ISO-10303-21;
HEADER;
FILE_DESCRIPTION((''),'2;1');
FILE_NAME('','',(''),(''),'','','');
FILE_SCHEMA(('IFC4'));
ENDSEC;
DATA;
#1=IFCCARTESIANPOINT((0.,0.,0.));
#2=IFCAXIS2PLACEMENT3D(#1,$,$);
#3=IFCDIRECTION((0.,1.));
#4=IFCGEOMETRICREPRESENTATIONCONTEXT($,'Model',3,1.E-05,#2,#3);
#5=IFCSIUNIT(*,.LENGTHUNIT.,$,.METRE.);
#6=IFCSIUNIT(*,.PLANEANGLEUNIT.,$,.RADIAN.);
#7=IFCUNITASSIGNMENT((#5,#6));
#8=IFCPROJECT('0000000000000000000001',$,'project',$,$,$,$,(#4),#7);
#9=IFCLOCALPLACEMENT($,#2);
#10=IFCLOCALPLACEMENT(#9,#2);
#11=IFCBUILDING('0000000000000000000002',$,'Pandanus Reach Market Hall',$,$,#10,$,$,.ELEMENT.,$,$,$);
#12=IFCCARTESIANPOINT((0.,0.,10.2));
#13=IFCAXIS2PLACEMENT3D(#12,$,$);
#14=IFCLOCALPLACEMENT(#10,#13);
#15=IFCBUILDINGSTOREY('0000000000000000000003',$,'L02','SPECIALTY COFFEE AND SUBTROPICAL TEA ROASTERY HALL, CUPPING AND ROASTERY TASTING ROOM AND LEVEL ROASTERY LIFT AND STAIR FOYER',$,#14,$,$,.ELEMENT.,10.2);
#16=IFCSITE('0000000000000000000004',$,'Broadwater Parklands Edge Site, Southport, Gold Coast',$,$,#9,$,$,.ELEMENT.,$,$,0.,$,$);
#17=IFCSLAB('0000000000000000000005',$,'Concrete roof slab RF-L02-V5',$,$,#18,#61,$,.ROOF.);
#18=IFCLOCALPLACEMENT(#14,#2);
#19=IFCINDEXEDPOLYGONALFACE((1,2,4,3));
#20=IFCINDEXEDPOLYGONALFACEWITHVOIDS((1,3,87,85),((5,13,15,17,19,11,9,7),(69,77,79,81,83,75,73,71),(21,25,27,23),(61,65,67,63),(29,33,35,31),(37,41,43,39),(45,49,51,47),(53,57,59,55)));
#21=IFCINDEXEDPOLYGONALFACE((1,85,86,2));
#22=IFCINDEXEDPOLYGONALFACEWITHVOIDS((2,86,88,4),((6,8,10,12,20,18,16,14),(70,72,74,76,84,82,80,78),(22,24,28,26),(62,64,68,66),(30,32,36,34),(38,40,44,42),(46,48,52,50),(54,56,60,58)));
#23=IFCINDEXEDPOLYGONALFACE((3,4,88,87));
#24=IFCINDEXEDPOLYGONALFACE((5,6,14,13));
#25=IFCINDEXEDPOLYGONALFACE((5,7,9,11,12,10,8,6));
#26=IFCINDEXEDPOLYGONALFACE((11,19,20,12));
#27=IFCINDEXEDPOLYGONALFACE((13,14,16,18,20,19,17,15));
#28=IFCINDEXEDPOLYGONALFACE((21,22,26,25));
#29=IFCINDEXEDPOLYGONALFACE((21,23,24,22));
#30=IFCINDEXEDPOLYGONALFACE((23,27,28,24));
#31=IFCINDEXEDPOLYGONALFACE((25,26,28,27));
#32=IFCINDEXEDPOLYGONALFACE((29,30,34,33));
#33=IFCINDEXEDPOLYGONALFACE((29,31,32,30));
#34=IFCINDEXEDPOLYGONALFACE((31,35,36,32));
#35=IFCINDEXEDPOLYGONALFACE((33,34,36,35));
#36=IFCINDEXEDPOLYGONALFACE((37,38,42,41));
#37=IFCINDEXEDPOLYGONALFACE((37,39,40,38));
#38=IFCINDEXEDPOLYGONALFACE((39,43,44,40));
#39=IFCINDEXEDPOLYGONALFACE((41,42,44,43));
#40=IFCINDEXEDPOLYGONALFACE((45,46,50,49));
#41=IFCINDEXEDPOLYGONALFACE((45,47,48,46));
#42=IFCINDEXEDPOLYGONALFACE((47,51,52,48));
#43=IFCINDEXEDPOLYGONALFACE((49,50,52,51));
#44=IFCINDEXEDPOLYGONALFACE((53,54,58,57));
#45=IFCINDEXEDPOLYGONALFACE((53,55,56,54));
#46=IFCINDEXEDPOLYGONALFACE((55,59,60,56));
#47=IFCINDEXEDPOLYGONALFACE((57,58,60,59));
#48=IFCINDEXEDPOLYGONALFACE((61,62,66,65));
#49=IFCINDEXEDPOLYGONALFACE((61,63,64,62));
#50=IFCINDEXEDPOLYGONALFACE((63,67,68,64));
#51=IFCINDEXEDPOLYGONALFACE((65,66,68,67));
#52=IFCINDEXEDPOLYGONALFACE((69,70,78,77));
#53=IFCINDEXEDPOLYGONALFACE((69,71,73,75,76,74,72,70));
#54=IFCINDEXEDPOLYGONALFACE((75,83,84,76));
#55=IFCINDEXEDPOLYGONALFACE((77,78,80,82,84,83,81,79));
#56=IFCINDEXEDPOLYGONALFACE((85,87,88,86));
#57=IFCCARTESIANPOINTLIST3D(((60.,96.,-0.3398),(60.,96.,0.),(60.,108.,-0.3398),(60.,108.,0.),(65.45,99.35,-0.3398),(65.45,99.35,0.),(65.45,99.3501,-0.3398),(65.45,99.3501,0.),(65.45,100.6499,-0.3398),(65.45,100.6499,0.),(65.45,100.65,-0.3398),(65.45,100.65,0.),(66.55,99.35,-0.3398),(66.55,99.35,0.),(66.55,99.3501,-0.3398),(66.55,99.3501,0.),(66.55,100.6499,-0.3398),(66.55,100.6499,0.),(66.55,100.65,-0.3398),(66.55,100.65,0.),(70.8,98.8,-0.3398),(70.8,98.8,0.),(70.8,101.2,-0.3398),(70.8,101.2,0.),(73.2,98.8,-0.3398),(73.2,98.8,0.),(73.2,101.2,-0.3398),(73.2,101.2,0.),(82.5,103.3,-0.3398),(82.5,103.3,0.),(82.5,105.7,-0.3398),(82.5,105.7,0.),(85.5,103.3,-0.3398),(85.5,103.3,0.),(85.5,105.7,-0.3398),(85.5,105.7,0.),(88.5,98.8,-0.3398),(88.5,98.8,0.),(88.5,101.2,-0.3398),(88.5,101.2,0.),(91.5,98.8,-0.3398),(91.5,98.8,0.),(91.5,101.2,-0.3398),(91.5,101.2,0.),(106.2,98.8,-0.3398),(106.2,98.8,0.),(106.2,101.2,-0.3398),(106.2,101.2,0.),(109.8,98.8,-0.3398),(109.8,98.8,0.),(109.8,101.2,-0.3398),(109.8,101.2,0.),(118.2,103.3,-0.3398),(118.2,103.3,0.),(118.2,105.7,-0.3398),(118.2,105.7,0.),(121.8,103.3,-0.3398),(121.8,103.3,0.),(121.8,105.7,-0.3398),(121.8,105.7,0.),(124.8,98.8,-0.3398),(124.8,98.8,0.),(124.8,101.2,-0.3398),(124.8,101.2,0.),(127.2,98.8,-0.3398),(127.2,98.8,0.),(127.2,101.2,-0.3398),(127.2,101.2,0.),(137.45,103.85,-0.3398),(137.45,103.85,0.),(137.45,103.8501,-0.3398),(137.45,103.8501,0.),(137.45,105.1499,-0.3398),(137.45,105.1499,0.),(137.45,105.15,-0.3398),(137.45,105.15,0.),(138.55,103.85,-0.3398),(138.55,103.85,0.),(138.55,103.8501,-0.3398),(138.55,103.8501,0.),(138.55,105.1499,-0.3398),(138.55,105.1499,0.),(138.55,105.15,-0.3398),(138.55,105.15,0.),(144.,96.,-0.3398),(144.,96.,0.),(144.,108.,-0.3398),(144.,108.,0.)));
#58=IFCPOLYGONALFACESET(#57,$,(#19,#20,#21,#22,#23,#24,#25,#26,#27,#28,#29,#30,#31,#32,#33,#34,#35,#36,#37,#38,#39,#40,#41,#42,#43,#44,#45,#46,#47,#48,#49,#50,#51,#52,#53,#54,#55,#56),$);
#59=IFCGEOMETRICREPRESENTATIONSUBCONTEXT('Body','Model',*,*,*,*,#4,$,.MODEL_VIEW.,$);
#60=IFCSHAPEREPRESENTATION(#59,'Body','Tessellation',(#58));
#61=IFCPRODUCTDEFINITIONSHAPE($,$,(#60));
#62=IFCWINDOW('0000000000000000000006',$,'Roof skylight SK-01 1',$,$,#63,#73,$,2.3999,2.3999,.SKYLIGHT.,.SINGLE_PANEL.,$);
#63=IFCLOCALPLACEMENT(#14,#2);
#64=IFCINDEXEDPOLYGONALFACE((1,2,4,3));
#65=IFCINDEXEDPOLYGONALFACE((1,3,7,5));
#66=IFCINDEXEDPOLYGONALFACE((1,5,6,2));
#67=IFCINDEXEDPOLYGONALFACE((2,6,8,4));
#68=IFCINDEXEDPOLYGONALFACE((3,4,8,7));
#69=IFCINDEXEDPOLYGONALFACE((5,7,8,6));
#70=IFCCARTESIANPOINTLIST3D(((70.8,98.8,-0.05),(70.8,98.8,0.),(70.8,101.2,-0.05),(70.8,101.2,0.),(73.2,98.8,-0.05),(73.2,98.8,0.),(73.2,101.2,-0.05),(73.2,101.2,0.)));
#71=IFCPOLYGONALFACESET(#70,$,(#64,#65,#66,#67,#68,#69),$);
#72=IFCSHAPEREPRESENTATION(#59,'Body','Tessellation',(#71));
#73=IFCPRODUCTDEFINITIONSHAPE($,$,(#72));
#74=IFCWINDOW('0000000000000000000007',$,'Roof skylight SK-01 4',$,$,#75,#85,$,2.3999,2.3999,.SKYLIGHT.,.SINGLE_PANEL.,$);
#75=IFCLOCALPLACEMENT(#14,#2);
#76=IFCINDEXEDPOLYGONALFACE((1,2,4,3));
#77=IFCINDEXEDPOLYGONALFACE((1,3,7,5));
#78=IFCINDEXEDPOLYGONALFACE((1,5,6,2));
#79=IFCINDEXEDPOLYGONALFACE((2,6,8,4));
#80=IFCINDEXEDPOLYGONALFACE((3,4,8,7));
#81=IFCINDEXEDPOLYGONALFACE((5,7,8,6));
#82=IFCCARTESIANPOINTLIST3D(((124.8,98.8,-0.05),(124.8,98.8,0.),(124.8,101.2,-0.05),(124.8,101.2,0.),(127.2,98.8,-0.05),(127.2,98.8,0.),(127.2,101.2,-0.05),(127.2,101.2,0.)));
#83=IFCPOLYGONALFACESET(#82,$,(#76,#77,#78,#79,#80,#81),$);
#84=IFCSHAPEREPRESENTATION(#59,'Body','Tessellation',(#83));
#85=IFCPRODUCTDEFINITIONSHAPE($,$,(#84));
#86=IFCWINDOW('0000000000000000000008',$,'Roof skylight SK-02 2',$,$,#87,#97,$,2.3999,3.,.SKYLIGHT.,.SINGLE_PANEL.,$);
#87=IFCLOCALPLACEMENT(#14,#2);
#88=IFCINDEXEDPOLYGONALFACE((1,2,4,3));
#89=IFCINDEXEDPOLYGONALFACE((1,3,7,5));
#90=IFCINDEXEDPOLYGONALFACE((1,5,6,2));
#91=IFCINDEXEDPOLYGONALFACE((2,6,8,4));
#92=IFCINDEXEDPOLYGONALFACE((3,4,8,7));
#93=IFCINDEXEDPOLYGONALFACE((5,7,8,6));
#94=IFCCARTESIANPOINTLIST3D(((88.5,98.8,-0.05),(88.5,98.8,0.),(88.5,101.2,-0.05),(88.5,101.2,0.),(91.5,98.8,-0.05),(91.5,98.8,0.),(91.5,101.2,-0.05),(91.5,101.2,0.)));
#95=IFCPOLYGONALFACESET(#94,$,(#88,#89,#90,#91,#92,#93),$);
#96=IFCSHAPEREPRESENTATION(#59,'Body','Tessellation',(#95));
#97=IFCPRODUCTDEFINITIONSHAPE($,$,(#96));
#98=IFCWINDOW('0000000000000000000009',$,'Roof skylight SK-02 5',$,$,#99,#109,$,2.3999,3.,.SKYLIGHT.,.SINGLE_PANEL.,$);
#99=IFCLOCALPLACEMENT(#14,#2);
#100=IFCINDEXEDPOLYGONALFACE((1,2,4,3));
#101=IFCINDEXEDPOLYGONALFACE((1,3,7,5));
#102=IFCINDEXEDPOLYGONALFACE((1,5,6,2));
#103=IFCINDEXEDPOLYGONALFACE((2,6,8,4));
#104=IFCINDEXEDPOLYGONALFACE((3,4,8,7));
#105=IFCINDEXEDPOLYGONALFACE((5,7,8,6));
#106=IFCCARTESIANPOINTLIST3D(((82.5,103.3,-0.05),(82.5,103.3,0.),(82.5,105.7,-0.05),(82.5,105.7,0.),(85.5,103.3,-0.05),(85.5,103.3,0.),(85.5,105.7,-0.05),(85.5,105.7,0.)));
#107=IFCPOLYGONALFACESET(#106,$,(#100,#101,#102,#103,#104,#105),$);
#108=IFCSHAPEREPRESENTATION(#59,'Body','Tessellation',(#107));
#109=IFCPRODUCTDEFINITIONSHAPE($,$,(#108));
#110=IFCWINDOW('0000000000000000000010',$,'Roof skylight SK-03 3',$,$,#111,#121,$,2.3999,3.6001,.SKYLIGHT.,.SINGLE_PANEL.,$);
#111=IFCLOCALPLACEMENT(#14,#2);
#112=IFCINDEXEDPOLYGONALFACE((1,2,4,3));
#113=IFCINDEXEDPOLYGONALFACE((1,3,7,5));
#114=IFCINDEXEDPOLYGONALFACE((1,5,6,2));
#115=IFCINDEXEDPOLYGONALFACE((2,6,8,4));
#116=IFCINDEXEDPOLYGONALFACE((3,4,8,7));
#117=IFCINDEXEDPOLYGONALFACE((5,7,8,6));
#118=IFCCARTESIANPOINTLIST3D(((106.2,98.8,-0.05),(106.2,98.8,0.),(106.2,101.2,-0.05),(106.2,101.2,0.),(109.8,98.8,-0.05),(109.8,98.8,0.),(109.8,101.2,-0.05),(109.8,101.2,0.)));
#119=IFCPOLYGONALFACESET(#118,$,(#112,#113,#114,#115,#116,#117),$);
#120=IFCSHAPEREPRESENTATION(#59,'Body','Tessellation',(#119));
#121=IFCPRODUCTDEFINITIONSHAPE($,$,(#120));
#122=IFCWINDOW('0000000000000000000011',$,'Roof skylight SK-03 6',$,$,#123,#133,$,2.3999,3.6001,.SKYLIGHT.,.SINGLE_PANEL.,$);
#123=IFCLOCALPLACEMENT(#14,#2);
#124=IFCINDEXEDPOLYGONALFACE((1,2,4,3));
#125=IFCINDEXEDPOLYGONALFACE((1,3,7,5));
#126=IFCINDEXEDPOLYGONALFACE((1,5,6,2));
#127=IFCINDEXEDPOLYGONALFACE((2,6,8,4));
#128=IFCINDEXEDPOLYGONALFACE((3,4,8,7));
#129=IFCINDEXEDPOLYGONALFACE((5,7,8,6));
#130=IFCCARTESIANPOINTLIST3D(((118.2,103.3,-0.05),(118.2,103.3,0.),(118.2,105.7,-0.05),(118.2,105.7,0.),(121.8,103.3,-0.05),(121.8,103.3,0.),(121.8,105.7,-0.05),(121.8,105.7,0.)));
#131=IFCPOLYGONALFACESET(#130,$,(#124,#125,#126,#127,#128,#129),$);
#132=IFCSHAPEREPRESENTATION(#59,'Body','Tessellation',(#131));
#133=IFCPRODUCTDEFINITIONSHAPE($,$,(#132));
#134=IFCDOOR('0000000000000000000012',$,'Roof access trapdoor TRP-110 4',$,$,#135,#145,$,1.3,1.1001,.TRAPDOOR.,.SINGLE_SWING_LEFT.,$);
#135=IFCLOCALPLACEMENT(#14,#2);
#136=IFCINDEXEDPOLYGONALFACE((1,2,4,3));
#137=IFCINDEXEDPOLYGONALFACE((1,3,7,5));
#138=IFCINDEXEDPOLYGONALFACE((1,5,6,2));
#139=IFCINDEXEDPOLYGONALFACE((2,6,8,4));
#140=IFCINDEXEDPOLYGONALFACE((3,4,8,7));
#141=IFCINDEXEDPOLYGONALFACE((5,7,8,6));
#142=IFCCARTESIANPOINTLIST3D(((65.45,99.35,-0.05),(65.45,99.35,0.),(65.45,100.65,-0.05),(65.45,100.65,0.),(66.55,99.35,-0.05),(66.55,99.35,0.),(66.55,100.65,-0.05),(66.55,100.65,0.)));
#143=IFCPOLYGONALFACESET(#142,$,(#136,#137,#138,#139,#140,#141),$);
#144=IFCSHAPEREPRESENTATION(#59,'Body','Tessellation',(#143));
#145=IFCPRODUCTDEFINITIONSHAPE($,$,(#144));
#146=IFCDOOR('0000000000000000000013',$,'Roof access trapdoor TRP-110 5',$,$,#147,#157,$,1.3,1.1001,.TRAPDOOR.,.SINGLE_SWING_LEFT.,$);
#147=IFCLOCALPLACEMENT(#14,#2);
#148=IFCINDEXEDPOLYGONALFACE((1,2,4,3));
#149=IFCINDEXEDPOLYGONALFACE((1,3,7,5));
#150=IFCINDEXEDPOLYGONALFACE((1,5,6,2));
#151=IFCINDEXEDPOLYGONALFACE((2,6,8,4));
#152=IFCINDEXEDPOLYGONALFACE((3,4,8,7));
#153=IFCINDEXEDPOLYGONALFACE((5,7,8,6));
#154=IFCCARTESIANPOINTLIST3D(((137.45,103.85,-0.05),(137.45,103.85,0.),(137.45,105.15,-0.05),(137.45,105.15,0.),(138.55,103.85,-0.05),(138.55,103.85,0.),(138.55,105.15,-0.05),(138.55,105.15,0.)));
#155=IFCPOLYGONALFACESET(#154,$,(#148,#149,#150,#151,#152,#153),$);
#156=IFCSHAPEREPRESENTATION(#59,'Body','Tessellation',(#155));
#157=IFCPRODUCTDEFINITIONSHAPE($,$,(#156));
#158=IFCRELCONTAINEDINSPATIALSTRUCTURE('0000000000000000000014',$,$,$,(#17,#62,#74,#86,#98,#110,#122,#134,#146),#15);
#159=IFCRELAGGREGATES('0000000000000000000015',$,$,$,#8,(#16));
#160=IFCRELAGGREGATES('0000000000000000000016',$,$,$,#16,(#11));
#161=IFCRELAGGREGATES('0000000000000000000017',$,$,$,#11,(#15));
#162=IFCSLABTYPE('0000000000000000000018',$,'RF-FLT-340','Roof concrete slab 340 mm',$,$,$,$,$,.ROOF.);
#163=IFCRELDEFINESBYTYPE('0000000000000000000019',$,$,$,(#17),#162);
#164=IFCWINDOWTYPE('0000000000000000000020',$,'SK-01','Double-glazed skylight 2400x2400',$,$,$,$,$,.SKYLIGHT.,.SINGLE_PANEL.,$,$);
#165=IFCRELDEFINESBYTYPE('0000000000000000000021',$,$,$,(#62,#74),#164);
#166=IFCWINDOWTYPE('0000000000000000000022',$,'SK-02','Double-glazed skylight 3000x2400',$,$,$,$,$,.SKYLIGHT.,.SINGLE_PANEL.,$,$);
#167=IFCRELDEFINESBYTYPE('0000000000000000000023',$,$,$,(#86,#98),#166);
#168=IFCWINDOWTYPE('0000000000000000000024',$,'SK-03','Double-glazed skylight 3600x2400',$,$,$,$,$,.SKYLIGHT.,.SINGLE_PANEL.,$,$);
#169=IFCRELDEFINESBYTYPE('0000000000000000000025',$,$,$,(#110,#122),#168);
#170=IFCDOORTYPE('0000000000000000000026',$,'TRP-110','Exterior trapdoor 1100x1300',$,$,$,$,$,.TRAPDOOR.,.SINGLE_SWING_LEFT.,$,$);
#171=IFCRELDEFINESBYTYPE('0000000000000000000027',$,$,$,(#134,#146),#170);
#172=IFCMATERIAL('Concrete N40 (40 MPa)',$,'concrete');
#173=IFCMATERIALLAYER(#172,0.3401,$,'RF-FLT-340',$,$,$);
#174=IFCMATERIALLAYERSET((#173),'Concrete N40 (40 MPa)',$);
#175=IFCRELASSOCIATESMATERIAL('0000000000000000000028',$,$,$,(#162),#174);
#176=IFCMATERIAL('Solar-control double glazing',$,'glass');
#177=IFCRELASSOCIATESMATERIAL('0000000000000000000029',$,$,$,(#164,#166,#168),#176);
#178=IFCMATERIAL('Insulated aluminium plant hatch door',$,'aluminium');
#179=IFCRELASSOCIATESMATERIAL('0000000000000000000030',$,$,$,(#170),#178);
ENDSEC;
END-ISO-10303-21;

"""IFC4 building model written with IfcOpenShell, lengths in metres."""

from ifc_helpers import new_model, si_unit, direction, frame, origin, origin_2d, place, context, subcontext, project, spatial, polyline, rectangle, outline, extrude, material, layer, layer_set, type_object, element, fill, save


model = new_model("IFC4")

# Units and contexts
model_context = context("Model", 3, precision=1e-05, world=origin(), true_north=direction((0.0, 1.0)))
body_context = subcontext(model_context, "Body", "Model", "MODEL_VIEW")
ifc_project = project(units=[si_unit("LENGTHUNIT", "METRE"), si_unit("PLANEANGLEUNIT", "RADIAN")], contexts=[model_context])

# Site, building, storey
site_placement = place(None, origin())
site = spatial("IfcSite", under=ifc_project, at=site_placement, Name="Broadwater Parklands Edge Site, Southport, Gold Coast", CompositionType="ELEMENT", RefElevation=0.0)
building_placement = place(site_placement, origin())
building = spatial("IfcBuilding", under=site, at=building_placement, Name="Pandanus Reach Market Hall", CompositionType="ELEMENT")
storey_placement = place(building_placement, frame((0.0, 0.0, 10.2)))
storey = spatial("IfcBuildingStorey", under=building, at=storey_placement, Name="L02", Description="SPECIALTY COFFEE AND SUBTROPICAL TEA ROASTERY HALL, CUPPING AND ROASTERY TASTING ROOM AND LEVEL ROASTERY LIFT AND STAIR FOYER", CompositionType="ELEMENT", Elevation=10.2)

# Shared definitions
ifc_material_1 = material(Name="Concrete N40 (40 MPa)", Category="concrete")
ifc_layer_1 = layer(ifc_material_1, 0.3401, Name="RF-FLT-340")
ifc_layer_set_1 = layer_set([ifc_layer_1], Name="Concrete N40 (40 MPa)")
slab_type_1 = type_object("IfcSlabType", Name="RF-FLT-340", Description="Roof concrete slab 340 mm", PredefinedType="ROOF", material=ifc_layer_set_1)
ifc_material_2 = material(Name="Solar-control double glazing", Category="glass")

# Slab, openings, windows, doors
slab_1_placement = place(storey_placement, frame((0.0, 0.0, -0.3398)))
slab_1 = element("IfcSlab", 1, at=slab_1_placement, inside=storey, type_object=slab_type_1, Name="Concrete roof slab RF-L02-V5", PredefinedType="ROOF", context=body_context, shape_type="SweptSolid", body=[
    extrude(outline(polyline([(60.0, 96.0), (144.0, 96.0), (144.0, 108.0), (60.0, 108.0), (60.0, 96.0)]), holes=[polyline([(70.8, 98.8), (73.2, 98.8), (73.2, 101.2), (70.8, 101.2), (70.8, 98.8)]), polyline([(88.5, 98.8), (91.5, 98.8), (91.5, 101.2), (88.5, 101.2), (88.5, 98.8)]), polyline([(106.2, 98.8), (109.8, 98.8), (109.8, 101.2), (106.2, 101.2), (106.2, 98.8)]), polyline([(124.8, 98.8), (127.2, 98.8), (127.2, 101.2), (124.8, 101.2), (124.8, 98.8)]), polyline([(82.5, 103.3), (85.5, 103.3), (85.5, 105.7), (82.5, 105.7), (82.5, 103.3)]), polyline([(118.2, 103.3), (121.8, 103.3), (121.8, 105.7), (118.2, 105.7), (118.2, 103.3)]), polyline([(65.45, 99.3501), (66.55, 99.3501), (66.55, 100.6499), (65.45, 100.6499), (65.45, 99.3501)]), polyline([(137.45, 103.8501), (138.55, 103.8501), (138.55, 105.1499), (137.45, 105.1499), (137.45, 103.8501)])]), origin(), (0.0, 0.0, 1.0), 0.3398),
])
opening_1_placement = place(slab_1_placement, frame((72.0, 100.0, -0.0149)))
opening_1 = element("IfcOpeningElement", 2, at=opening_1_placement, cuts=slab_1, PredefinedType="OPENING", context=body_context, shape_type="SweptSolid", body=[
    extrude(rectangle(XDim=2.3999, YDim=2.3999, at=origin_2d()), origin(), (0.0, 0.0, 1.0), 0.3699),
])
opening_2_placement = place(slab_1_placement, frame((90.0, 100.0, -0.0149)))
opening_2 = element("IfcOpeningElement", 3, at=opening_2_placement, cuts=slab_1, PredefinedType="OPENING", context=body_context, shape_type="SweptSolid", body=[
    extrude(rectangle(XDim=3.0, YDim=2.3999, at=origin_2d()), origin(), (0.0, 0.0, 1.0), 0.3699),
])
opening_3_placement = place(slab_1_placement, frame((108.0, 100.0, -0.0149)))
opening_3 = element("IfcOpeningElement", 4, at=opening_3_placement, cuts=slab_1, PredefinedType="OPENING", context=body_context, shape_type="SweptSolid", body=[
    extrude(rectangle(XDim=3.6001, YDim=2.3999, at=origin_2d()), origin(), (0.0, 0.0, 1.0), 0.3699),
])
opening_4_placement = place(slab_1_placement, frame((126.0, 100.0, -0.0149)))
opening_4 = element("IfcOpeningElement", 5, at=opening_4_placement, cuts=slab_1, PredefinedType="OPENING", context=body_context, shape_type="SweptSolid", body=[
    extrude(rectangle(XDim=2.3999, YDim=2.3999, at=origin_2d()), origin(), (0.0, 0.0, 1.0), 0.3699),
])
opening_5_placement = place(slab_1_placement, frame((84.0, 104.5, -0.0149)))
opening_5 = element("IfcOpeningElement", 6, at=opening_5_placement, cuts=slab_1, PredefinedType="OPENING", context=body_context, shape_type="SweptSolid", body=[
    extrude(rectangle(XDim=3.0, YDim=2.3999, at=origin_2d()), origin(), (0.0, 0.0, 1.0), 0.3699),
])
opening_6_placement = place(slab_1_placement, frame((120.0, 104.5, -0.0149)))
opening_6 = element("IfcOpeningElement", 7, at=opening_6_placement, cuts=slab_1, PredefinedType="OPENING", context=body_context, shape_type="SweptSolid", body=[
    extrude(rectangle(XDim=3.6001, YDim=2.3999, at=origin_2d()), origin(), (0.0, 0.0, 1.0), 0.3699),
])
opening_7_placement = place(slab_1_placement, frame((66.0, 100.0, -0.0149)))
opening_7 = element("IfcOpeningElement", 8, at=opening_7_placement, cuts=slab_1, PredefinedType="OPENING", context=body_context, shape_type="SweptSolid", body=[
    extrude(rectangle(XDim=1.1001, YDim=1.3, at=origin_2d()), origin(), (0.0, 0.0, 1.0), 0.3699),
])
opening_8_placement = place(slab_1_placement, frame((138.0, 104.5, -0.0149)))
opening_8 = element("IfcOpeningElement", 9, at=opening_8_placement, cuts=slab_1, PredefinedType="OPENING", context=body_context, shape_type="SweptSolid", body=[
    extrude(rectangle(XDim=1.1001, YDim=1.3, at=origin_2d()), origin(), (0.0, 0.0, 1.0), 0.3699),
])
window_type_1 = type_object("IfcWindowType", Name="SK-01", Description="Double-glazed skylight 2400x2400", PartitioningType="SINGLE_PANEL", PredefinedType="SKYLIGHT", material=ifc_material_2)
window_1_placement = place(slab_1_placement, frame((72.0, 100.0, 0.2898)))
window_1 = element("IfcWindow", 10, at=window_1_placement, inside=storey, type_object=window_type_1, Name="Roof skylight SK-01 1", OverallHeight=2.3999, OverallWidth=2.3999, PartitioningType="SINGLE_PANEL", PredefinedType="SKYLIGHT", context=body_context, shape_type="SweptSolid", body=[
    extrude(rectangle(XDim=2.3999, YDim=2.3999, at=origin_2d()), origin(), (0.0, 0.0, 1.0), 0.05),
])
fill(opening_1, window_1)
window_2_placement = place(slab_1_placement, frame((126.0, 100.0, 0.2898)))
window_2 = element("IfcWindow", 11, at=window_2_placement, inside=storey, type_object=window_type_1, Name="Roof skylight SK-01 4", OverallHeight=2.3999, OverallWidth=2.3999, PartitioningType="SINGLE_PANEL", PredefinedType="SKYLIGHT", context=body_context, shape_type="SweptSolid", body=[
    extrude(rectangle(XDim=2.3999, YDim=2.3999, at=origin_2d()), origin(), (0.0, 0.0, 1.0), 0.05),
])
fill(opening_4, window_2)
window_type_2 = type_object("IfcWindowType", Name="SK-02", Description="Double-glazed skylight 3000x2400", PartitioningType="SINGLE_PANEL", PredefinedType="SKYLIGHT", material=ifc_material_2)
window_3_placement = place(slab_1_placement, frame((90.0, 100.0, 0.2898)))
window_3 = element("IfcWindow", 12, at=window_3_placement, inside=storey, type_object=window_type_2, Name="Roof skylight SK-02 2", OverallHeight=2.3999, OverallWidth=3.0, PartitioningType="SINGLE_PANEL", PredefinedType="SKYLIGHT", context=body_context, shape_type="SweptSolid", body=[
    extrude(rectangle(XDim=3.0, YDim=2.3999, at=origin_2d()), origin(), (0.0, 0.0, 1.0), 0.05),
])
fill(opening_2, window_3)
window_4_placement = place(slab_1_placement, frame((84.0, 104.5, 0.2898)))
window_4 = element("IfcWindow", 13, at=window_4_placement, inside=storey, type_object=window_type_2, Name="Roof skylight SK-02 5", OverallHeight=2.3999, OverallWidth=3.0, PartitioningType="SINGLE_PANEL", PredefinedType="SKYLIGHT", context=body_context, shape_type="SweptSolid", body=[
    extrude(rectangle(XDim=3.0, YDim=2.3999, at=origin_2d()), origin(), (0.0, 0.0, 1.0), 0.05),
])
fill(opening_5, window_4)
window_type_3 = type_object("IfcWindowType", Name="SK-03", Description="Double-glazed skylight 3600x2400", PartitioningType="SINGLE_PANEL", PredefinedType="SKYLIGHT", material=ifc_material_2)
window_5_placement = place(slab_1_placement, frame((108.0, 100.0, 0.2898)))
window_5 = element("IfcWindow", 14, at=window_5_placement, inside=storey, type_object=window_type_3, Name="Roof skylight SK-03 3", OverallHeight=2.3999, OverallWidth=3.6001, PartitioningType="SINGLE_PANEL", PredefinedType="SKYLIGHT", context=body_context, shape_type="SweptSolid", body=[
    extrude(rectangle(XDim=3.6001, YDim=2.3999, at=origin_2d()), origin(), (0.0, 0.0, 1.0), 0.05),
])
fill(opening_3, window_5)
window_6_placement = place(slab_1_placement, frame((120.0, 104.5, 0.2898)))
window_6 = element("IfcWindow", 15, at=window_6_placement, inside=storey, type_object=window_type_3, Name="Roof skylight SK-03 6", OverallHeight=2.3999, OverallWidth=3.6001, PartitioningType="SINGLE_PANEL", PredefinedType="SKYLIGHT", context=body_context, shape_type="SweptSolid", body=[
    extrude(rectangle(XDim=3.6001, YDim=2.3999, at=origin_2d()), origin(), (0.0, 0.0, 1.0), 0.05),
])
fill(opening_6, window_6)
ifc_material_3 = material(Name="Insulated aluminium plant hatch door", Category="aluminium")
door_type_1 = type_object("IfcDoorType", Name="TRP-110", Description="Exterior trapdoor 1100x1300", OperationType="SINGLE_SWING_LEFT", PredefinedType="TRAPDOOR", material=ifc_material_3)
door_1_placement = place(slab_1_placement, frame((66.0, 100.0, 0.2898)))
door_1 = element("IfcDoor", 16, at=door_1_placement, inside=storey, type_object=door_type_1, Name="Roof access trapdoor TRP-110 4", OperationType="SINGLE_SWING_LEFT", OverallHeight=1.3, OverallWidth=1.1001, PredefinedType="TRAPDOOR", context=body_context, shape_type="SweptSolid", body=[
    extrude(rectangle(XDim=1.1001, YDim=1.3, at=origin_2d()), origin(), (0.0, 0.0, 1.0), 0.05),
])
fill(opening_7, door_1)
door_2_placement = place(slab_1_placement, frame((138.0, 104.5, 0.2898)))
door_2 = element("IfcDoor", 17, at=door_2_placement, inside=storey, type_object=door_type_1, Name="Roof access trapdoor TRP-110 5", OperationType="SINGLE_SWING_LEFT", OverallHeight=1.3, OverallWidth=1.1001, PredefinedType="TRAPDOOR", context=body_context, shape_type="SweptSolid", body=[
    extrude(rectangle(XDim=1.1001, YDim=1.3, at=origin_2d()), origin(), (0.0, 0.0, 1.0), 0.05),
])
fill(opening_8, door_2)

save(model, "model.ifc")
